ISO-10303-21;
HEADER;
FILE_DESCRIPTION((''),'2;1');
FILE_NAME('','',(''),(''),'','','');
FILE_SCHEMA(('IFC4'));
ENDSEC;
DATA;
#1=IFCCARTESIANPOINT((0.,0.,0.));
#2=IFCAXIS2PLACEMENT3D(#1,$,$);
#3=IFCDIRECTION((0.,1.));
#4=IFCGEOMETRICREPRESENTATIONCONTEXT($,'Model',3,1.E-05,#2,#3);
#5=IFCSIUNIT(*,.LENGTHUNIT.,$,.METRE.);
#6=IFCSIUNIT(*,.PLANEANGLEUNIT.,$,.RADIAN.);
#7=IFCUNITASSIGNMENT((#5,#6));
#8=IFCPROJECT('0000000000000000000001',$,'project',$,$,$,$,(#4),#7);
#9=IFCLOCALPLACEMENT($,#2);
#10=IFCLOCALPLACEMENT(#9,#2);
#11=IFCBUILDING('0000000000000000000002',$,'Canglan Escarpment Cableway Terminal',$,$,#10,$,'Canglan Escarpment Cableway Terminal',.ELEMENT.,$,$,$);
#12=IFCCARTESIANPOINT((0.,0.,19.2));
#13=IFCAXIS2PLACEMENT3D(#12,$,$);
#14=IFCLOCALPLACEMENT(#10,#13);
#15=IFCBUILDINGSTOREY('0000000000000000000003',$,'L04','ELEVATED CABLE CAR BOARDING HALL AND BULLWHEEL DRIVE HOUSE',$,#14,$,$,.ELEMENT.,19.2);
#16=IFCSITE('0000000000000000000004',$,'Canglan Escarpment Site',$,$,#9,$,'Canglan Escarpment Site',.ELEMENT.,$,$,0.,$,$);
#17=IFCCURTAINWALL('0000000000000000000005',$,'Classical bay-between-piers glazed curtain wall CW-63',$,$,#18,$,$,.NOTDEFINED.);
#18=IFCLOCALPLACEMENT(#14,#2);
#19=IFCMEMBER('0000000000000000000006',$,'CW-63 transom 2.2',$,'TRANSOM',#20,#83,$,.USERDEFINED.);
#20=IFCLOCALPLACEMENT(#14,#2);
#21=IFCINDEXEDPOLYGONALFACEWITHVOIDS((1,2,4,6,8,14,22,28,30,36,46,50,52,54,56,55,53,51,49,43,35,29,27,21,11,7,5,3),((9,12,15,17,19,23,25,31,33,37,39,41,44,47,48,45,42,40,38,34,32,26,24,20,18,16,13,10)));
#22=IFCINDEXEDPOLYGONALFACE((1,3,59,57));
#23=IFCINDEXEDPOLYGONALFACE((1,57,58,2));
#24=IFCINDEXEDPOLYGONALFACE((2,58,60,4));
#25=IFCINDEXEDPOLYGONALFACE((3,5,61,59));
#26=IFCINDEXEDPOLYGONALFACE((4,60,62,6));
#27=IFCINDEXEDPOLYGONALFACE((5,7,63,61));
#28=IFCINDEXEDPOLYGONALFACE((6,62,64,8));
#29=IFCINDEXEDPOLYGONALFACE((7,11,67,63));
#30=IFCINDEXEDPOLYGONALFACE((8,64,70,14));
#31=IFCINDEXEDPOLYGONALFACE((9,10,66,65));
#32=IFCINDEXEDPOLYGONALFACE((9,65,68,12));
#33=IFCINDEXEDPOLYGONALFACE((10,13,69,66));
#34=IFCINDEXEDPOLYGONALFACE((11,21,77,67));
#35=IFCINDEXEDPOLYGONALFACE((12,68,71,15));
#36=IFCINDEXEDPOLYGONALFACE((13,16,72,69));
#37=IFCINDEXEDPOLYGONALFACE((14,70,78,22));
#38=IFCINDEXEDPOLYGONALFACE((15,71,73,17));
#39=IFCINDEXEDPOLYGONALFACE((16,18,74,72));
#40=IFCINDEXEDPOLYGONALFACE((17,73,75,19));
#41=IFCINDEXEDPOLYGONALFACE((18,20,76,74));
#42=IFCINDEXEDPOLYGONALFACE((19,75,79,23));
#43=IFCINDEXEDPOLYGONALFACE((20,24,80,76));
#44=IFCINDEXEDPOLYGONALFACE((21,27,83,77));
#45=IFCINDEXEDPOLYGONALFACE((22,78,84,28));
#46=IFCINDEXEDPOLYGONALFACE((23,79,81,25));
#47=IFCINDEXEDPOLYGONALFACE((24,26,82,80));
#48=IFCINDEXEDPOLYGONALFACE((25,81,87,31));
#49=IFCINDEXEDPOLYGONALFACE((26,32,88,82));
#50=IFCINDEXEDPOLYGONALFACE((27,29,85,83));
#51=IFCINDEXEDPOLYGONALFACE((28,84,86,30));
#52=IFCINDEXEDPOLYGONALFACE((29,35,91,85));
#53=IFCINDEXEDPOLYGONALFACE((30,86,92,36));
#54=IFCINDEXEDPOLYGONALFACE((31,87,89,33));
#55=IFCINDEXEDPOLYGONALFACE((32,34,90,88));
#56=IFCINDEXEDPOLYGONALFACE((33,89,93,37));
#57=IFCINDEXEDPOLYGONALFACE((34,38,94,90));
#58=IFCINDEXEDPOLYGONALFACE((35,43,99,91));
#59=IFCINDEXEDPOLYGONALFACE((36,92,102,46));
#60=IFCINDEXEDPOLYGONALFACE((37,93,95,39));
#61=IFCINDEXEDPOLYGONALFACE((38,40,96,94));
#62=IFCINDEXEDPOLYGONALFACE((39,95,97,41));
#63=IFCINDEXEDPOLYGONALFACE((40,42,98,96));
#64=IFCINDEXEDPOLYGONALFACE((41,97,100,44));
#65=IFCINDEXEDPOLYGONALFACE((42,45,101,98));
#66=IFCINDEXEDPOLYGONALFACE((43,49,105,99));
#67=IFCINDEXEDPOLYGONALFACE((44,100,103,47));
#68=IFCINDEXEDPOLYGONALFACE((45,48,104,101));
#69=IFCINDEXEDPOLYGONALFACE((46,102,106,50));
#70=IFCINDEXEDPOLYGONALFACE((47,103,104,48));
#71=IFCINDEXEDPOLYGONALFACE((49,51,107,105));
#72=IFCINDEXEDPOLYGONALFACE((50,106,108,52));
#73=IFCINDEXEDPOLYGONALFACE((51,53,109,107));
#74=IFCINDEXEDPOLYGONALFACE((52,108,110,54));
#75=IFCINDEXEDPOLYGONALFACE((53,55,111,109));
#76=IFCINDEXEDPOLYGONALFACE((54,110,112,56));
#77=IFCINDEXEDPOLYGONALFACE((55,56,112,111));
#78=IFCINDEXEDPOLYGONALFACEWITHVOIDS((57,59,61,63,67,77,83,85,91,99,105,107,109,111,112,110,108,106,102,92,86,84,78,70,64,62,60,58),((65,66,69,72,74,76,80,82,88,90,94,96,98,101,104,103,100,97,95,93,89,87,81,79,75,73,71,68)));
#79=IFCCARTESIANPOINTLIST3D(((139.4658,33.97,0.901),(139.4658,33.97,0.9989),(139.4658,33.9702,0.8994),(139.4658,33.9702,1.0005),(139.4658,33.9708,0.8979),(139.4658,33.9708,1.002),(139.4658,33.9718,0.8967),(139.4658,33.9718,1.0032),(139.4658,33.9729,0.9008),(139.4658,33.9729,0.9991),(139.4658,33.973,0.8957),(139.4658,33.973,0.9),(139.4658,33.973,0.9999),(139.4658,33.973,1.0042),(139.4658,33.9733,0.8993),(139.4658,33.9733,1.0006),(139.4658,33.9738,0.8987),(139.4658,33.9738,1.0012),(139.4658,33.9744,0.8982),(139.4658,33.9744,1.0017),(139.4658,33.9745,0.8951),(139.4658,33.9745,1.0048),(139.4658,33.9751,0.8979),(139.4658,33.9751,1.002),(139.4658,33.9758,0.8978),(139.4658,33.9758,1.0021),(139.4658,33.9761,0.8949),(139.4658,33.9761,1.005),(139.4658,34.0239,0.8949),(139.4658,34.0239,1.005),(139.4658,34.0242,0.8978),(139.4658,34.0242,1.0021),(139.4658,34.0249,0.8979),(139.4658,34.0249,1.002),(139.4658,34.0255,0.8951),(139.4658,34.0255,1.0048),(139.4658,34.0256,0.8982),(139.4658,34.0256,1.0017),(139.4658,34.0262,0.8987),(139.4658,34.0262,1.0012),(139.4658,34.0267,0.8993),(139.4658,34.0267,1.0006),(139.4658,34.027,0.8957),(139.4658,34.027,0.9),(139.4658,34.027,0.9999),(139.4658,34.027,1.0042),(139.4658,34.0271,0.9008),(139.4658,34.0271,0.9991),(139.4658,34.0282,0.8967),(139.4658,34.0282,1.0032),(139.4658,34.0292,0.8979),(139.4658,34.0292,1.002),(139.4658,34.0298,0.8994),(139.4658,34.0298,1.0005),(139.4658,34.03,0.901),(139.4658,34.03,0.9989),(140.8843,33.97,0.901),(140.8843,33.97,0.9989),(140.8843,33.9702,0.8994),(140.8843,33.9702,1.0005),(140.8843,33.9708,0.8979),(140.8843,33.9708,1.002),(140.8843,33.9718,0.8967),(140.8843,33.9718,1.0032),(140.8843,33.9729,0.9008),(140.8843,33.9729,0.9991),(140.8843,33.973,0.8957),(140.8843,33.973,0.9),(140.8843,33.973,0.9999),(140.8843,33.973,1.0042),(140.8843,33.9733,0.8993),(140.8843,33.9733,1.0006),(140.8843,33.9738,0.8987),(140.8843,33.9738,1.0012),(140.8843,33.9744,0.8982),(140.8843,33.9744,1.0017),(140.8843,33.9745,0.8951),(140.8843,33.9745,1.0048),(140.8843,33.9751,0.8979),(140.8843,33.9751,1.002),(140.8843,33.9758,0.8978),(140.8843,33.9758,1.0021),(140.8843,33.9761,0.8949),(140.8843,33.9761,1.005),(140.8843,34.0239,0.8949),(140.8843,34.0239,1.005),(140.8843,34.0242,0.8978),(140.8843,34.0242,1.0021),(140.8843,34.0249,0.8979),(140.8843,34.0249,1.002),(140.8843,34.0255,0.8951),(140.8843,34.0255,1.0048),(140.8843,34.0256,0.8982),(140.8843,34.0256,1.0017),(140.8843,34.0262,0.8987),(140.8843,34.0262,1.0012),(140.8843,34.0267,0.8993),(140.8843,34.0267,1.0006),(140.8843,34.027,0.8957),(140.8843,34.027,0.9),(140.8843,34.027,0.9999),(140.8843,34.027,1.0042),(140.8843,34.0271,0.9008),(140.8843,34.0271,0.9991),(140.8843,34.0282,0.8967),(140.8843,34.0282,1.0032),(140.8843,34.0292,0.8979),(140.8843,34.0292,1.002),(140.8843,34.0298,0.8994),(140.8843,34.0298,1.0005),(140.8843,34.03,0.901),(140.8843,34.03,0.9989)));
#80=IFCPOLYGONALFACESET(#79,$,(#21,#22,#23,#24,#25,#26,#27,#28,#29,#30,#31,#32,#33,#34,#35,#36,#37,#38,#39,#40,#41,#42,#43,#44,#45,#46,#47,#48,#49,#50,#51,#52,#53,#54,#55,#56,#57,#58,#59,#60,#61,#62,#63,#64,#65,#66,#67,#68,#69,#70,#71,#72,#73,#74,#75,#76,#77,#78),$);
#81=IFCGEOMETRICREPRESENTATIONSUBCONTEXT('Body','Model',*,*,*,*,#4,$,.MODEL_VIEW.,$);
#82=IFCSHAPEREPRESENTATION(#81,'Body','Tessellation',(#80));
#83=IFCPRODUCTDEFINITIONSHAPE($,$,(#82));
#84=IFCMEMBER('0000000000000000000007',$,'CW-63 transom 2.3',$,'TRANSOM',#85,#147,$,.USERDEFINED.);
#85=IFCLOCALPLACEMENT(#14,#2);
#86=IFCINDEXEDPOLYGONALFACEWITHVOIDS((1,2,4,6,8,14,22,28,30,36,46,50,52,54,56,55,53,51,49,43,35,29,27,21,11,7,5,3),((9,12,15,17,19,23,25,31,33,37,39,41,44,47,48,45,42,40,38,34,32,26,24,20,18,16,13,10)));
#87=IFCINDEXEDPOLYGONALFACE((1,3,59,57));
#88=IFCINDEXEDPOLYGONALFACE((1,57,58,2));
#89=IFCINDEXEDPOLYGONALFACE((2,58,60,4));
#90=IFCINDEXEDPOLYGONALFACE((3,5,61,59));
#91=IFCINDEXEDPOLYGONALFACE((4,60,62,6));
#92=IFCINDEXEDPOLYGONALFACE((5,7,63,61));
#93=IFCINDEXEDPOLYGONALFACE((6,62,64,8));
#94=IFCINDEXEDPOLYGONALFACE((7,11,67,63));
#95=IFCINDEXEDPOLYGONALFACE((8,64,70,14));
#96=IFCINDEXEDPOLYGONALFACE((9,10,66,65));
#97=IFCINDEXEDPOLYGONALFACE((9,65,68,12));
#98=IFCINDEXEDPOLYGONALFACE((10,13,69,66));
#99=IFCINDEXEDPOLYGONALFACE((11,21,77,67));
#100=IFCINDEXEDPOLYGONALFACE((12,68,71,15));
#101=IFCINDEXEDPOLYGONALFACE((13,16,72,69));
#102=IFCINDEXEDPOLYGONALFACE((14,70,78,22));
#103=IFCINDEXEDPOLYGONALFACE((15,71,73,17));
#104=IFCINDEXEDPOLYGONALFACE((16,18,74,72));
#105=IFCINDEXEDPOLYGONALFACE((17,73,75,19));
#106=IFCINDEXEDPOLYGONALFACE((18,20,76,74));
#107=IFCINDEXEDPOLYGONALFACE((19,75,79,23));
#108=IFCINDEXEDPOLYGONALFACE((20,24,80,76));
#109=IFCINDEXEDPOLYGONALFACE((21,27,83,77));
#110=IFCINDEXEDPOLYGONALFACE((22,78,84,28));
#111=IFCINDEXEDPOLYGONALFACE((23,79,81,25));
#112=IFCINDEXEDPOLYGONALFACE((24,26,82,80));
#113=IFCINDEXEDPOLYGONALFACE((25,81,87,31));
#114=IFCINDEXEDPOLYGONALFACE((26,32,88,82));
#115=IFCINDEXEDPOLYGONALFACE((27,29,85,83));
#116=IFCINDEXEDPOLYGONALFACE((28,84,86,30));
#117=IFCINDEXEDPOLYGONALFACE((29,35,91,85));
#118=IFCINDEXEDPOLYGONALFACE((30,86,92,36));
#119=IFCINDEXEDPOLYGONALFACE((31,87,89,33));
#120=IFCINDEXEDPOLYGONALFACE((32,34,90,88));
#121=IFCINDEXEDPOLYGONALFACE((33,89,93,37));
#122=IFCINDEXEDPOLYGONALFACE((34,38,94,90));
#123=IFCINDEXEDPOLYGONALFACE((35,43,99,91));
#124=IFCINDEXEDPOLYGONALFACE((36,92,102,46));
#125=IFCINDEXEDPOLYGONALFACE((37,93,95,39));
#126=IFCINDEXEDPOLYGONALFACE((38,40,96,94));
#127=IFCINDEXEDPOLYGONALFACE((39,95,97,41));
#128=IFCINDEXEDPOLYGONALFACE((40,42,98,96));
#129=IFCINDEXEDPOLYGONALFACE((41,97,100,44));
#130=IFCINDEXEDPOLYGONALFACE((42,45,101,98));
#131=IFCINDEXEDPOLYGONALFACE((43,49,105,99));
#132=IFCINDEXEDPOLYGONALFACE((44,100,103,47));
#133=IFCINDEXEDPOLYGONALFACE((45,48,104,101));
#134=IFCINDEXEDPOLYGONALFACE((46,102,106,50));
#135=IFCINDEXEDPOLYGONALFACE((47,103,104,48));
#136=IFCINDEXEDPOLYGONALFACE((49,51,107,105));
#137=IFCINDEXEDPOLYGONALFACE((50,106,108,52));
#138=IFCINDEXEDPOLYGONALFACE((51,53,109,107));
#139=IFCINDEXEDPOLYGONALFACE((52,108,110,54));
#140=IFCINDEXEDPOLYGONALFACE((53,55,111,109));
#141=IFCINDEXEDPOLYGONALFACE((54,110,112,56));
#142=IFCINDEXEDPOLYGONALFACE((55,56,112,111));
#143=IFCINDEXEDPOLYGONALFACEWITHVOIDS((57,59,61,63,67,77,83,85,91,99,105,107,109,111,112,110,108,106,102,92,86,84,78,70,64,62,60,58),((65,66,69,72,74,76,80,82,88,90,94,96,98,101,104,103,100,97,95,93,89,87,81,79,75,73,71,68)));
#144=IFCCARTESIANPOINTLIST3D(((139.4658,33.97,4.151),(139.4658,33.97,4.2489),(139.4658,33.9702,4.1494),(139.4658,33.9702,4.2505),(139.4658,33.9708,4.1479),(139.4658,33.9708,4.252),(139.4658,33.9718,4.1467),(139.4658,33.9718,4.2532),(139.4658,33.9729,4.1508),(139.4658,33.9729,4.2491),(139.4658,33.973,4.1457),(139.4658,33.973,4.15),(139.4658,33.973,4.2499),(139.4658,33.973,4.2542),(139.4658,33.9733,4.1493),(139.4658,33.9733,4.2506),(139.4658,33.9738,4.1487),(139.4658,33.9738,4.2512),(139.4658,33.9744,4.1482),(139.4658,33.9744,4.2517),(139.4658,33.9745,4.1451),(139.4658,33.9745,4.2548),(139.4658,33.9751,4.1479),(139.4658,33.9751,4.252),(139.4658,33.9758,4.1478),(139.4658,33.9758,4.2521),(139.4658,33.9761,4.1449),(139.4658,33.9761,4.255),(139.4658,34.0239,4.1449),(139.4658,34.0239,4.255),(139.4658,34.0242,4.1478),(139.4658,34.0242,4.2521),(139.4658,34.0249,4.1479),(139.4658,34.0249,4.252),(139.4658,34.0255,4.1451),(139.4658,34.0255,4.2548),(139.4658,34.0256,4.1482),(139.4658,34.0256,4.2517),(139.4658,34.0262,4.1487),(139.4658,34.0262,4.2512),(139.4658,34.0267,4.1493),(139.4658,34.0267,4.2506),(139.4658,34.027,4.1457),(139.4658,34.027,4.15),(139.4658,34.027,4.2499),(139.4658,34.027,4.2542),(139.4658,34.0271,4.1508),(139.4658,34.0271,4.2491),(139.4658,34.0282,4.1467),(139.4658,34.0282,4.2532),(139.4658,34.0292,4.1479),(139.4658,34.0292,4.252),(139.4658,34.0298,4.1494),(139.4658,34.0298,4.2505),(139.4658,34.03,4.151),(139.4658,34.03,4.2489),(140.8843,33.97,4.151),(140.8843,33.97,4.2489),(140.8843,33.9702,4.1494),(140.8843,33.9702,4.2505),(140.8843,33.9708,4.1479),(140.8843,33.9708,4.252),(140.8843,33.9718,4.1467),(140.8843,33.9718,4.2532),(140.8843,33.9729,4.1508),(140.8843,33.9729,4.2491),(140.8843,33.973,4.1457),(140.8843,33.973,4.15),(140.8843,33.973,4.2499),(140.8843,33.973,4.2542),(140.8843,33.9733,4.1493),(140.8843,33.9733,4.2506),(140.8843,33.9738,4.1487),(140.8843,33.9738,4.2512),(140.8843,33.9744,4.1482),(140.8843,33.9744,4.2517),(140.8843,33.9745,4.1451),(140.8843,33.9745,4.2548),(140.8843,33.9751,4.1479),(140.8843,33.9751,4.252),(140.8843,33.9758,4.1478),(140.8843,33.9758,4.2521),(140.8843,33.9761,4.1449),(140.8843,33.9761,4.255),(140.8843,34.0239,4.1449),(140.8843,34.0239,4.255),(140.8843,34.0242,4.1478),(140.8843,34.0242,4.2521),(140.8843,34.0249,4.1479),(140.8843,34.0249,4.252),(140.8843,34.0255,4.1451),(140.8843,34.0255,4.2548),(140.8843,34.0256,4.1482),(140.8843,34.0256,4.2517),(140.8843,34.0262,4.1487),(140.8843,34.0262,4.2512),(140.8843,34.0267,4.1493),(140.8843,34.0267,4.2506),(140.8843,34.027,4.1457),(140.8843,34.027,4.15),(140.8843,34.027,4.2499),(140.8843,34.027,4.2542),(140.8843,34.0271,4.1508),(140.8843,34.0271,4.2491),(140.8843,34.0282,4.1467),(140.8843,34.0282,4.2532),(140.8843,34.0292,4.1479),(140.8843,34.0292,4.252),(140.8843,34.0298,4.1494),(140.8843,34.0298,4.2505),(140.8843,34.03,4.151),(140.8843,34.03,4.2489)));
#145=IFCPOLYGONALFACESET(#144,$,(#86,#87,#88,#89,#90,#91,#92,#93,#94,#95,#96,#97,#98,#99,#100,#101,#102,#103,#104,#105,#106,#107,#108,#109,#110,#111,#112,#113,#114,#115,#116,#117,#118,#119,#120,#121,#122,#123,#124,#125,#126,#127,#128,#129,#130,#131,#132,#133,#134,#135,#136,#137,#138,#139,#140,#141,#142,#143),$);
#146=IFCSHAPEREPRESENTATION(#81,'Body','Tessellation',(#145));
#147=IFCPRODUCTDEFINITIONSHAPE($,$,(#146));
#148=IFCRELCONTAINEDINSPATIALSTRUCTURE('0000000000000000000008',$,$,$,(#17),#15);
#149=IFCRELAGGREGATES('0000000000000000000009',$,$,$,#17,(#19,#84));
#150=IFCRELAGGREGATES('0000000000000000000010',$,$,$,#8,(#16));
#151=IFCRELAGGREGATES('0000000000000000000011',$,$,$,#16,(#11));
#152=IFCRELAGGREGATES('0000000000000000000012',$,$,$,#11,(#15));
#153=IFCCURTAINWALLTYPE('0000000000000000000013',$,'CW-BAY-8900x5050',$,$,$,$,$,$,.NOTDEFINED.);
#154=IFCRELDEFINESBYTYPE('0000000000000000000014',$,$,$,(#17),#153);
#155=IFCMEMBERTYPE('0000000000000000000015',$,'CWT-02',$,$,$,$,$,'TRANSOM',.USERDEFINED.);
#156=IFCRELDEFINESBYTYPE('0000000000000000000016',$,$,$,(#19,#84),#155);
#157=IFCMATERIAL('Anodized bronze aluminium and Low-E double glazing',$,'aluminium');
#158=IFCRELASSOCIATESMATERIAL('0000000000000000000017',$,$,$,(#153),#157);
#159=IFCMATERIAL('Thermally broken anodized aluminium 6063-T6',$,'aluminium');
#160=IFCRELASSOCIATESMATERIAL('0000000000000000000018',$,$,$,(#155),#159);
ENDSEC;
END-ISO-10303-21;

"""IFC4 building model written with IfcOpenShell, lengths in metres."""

from ifc_helpers import new_model, si_unit, direction, frame, origin, origin_2d, place, context, subcontext, project, spatial, hollow_rectangle, extrude, material, material_profile, profile_set, type_object, element, aggregate, save


model = new_model("IFC4")

# Units and contexts
model_context = context("Model", 3, precision=1e-05, world=origin(), true_north=direction((0.0, 1.0)))
body_context = subcontext(model_context, "Body", "Model", "MODEL_VIEW")
ifc_project = project(units=[si_unit("LENGTHUNIT", "METRE"), si_unit("PLANEANGLEUNIT", "RADIAN")], contexts=[model_context])

# Site, building, storey
site_placement = place(None, origin())
site = spatial("IfcSite", under=ifc_project, at=site_placement, Name="Canglan Escarpment Site", LongName="Canglan Escarpment Site", CompositionType="ELEMENT", RefElevation=0.0)
building_placement = place(site_placement, origin())
building = spatial("IfcBuilding", under=site, at=building_placement, Name="Canglan Escarpment Cableway Terminal", LongName="Canglan Escarpment Cableway Terminal", CompositionType="ELEMENT")
storey_placement = place(building_placement, frame((0.0, 0.0, 19.2)))
storey = spatial("IfcBuildingStorey", under=building, at=storey_placement, Name="L04", Description="ELEVATED CABLE CAR BOARDING HALL AND BULLWHEEL DRIVE HOUSE", CompositionType="ELEMENT", Elevation=19.2)

# Curtain wall
ifc_material_1 = material(Name="Anodized bronze aluminium and Low-E double glazing", Category="aluminium")
curtain_wall_type_1 = type_object("IfcCurtainWallType", Name="CW-BAY-8900x5050", PredefinedType="NOTDEFINED", material=ifc_material_1)
curtain_wall_1_placement = place(storey_placement, origin())
curtain_wall_1 = element("IfcCurtainWall", 1, at=curtain_wall_1_placement, inside=storey, type_object=curtain_wall_type_1, Name="Classical bay-between-piers glazed curtain wall CW-63", PredefinedType="NOTDEFINED")
ifc_material_2 = material(Name="Thermally broken anodized aluminium 6063-T6", Category="aluminium")

# Members
ifc_material_profile_1 = material_profile(ifc_material_2, hollow_rectangle(XDim=0.0601, YDim=0.1101, WallThickness=0.0029, InnerFilletRadius=0.0029, OuterFilletRadius=0.0061, at=origin_2d()), Name="ALU-TRAN 60x110x3")
ifc_profile_set_1 = profile_set([ifc_material_profile_1], Name="Thermally broken anodized aluminium 6063-T6")
member_type_1 = type_object("IfcMemberType", Name="CWT-02", ElementType="TRANSOM", PredefinedType="USERDEFINED", material=ifc_profile_set_1)
member_1_placement = place(storey_placement, frame((139.4658, 34.0, 0.95), z_axis=(1.0, 0.0, 0.0), x_axis=(0.0, 1.0, 0.0)))
member_1 = element("IfcMember", 2, at=member_1_placement, type_object=member_type_1, Name="CW-63 transom 2.2", ObjectType="TRANSOM", PredefinedType="USERDEFINED", context=body_context, shape_type="SweptSolid", body=[
    extrude(hollow_rectangle(XDim=0.0601, YDim=0.1101, WallThickness=0.0029, InnerFilletRadius=0.0029, OuterFilletRadius=0.0061, at=origin_2d()), origin(), (0.0, 0.0, 1.0), 1.4185),
])
member_2_placement = place(storey_placement, frame((139.4658, 34.0, 4.2), z_axis=(1.0, 0.0, 0.0), x_axis=(0.0, 1.0, 0.0)))
member_2 = element("IfcMember", 3, at=member_2_placement, type_object=member_type_1, Name="CW-63 transom 2.3", ObjectType="TRANSOM", PredefinedType="USERDEFINED", context=body_context, shape_type="SweptSolid", body=[
    extrude(hollow_rectangle(XDim=0.0601, YDim=0.1101, WallThickness=0.0029, InnerFilletRadius=0.0029, OuterFilletRadius=0.0061, at=origin_2d()), origin(), (0.0, 0.0, 1.0), 1.4185),
])

aggregate(curtain_wall_1, [member_1, member_2])

save(model, "model.ifc")
